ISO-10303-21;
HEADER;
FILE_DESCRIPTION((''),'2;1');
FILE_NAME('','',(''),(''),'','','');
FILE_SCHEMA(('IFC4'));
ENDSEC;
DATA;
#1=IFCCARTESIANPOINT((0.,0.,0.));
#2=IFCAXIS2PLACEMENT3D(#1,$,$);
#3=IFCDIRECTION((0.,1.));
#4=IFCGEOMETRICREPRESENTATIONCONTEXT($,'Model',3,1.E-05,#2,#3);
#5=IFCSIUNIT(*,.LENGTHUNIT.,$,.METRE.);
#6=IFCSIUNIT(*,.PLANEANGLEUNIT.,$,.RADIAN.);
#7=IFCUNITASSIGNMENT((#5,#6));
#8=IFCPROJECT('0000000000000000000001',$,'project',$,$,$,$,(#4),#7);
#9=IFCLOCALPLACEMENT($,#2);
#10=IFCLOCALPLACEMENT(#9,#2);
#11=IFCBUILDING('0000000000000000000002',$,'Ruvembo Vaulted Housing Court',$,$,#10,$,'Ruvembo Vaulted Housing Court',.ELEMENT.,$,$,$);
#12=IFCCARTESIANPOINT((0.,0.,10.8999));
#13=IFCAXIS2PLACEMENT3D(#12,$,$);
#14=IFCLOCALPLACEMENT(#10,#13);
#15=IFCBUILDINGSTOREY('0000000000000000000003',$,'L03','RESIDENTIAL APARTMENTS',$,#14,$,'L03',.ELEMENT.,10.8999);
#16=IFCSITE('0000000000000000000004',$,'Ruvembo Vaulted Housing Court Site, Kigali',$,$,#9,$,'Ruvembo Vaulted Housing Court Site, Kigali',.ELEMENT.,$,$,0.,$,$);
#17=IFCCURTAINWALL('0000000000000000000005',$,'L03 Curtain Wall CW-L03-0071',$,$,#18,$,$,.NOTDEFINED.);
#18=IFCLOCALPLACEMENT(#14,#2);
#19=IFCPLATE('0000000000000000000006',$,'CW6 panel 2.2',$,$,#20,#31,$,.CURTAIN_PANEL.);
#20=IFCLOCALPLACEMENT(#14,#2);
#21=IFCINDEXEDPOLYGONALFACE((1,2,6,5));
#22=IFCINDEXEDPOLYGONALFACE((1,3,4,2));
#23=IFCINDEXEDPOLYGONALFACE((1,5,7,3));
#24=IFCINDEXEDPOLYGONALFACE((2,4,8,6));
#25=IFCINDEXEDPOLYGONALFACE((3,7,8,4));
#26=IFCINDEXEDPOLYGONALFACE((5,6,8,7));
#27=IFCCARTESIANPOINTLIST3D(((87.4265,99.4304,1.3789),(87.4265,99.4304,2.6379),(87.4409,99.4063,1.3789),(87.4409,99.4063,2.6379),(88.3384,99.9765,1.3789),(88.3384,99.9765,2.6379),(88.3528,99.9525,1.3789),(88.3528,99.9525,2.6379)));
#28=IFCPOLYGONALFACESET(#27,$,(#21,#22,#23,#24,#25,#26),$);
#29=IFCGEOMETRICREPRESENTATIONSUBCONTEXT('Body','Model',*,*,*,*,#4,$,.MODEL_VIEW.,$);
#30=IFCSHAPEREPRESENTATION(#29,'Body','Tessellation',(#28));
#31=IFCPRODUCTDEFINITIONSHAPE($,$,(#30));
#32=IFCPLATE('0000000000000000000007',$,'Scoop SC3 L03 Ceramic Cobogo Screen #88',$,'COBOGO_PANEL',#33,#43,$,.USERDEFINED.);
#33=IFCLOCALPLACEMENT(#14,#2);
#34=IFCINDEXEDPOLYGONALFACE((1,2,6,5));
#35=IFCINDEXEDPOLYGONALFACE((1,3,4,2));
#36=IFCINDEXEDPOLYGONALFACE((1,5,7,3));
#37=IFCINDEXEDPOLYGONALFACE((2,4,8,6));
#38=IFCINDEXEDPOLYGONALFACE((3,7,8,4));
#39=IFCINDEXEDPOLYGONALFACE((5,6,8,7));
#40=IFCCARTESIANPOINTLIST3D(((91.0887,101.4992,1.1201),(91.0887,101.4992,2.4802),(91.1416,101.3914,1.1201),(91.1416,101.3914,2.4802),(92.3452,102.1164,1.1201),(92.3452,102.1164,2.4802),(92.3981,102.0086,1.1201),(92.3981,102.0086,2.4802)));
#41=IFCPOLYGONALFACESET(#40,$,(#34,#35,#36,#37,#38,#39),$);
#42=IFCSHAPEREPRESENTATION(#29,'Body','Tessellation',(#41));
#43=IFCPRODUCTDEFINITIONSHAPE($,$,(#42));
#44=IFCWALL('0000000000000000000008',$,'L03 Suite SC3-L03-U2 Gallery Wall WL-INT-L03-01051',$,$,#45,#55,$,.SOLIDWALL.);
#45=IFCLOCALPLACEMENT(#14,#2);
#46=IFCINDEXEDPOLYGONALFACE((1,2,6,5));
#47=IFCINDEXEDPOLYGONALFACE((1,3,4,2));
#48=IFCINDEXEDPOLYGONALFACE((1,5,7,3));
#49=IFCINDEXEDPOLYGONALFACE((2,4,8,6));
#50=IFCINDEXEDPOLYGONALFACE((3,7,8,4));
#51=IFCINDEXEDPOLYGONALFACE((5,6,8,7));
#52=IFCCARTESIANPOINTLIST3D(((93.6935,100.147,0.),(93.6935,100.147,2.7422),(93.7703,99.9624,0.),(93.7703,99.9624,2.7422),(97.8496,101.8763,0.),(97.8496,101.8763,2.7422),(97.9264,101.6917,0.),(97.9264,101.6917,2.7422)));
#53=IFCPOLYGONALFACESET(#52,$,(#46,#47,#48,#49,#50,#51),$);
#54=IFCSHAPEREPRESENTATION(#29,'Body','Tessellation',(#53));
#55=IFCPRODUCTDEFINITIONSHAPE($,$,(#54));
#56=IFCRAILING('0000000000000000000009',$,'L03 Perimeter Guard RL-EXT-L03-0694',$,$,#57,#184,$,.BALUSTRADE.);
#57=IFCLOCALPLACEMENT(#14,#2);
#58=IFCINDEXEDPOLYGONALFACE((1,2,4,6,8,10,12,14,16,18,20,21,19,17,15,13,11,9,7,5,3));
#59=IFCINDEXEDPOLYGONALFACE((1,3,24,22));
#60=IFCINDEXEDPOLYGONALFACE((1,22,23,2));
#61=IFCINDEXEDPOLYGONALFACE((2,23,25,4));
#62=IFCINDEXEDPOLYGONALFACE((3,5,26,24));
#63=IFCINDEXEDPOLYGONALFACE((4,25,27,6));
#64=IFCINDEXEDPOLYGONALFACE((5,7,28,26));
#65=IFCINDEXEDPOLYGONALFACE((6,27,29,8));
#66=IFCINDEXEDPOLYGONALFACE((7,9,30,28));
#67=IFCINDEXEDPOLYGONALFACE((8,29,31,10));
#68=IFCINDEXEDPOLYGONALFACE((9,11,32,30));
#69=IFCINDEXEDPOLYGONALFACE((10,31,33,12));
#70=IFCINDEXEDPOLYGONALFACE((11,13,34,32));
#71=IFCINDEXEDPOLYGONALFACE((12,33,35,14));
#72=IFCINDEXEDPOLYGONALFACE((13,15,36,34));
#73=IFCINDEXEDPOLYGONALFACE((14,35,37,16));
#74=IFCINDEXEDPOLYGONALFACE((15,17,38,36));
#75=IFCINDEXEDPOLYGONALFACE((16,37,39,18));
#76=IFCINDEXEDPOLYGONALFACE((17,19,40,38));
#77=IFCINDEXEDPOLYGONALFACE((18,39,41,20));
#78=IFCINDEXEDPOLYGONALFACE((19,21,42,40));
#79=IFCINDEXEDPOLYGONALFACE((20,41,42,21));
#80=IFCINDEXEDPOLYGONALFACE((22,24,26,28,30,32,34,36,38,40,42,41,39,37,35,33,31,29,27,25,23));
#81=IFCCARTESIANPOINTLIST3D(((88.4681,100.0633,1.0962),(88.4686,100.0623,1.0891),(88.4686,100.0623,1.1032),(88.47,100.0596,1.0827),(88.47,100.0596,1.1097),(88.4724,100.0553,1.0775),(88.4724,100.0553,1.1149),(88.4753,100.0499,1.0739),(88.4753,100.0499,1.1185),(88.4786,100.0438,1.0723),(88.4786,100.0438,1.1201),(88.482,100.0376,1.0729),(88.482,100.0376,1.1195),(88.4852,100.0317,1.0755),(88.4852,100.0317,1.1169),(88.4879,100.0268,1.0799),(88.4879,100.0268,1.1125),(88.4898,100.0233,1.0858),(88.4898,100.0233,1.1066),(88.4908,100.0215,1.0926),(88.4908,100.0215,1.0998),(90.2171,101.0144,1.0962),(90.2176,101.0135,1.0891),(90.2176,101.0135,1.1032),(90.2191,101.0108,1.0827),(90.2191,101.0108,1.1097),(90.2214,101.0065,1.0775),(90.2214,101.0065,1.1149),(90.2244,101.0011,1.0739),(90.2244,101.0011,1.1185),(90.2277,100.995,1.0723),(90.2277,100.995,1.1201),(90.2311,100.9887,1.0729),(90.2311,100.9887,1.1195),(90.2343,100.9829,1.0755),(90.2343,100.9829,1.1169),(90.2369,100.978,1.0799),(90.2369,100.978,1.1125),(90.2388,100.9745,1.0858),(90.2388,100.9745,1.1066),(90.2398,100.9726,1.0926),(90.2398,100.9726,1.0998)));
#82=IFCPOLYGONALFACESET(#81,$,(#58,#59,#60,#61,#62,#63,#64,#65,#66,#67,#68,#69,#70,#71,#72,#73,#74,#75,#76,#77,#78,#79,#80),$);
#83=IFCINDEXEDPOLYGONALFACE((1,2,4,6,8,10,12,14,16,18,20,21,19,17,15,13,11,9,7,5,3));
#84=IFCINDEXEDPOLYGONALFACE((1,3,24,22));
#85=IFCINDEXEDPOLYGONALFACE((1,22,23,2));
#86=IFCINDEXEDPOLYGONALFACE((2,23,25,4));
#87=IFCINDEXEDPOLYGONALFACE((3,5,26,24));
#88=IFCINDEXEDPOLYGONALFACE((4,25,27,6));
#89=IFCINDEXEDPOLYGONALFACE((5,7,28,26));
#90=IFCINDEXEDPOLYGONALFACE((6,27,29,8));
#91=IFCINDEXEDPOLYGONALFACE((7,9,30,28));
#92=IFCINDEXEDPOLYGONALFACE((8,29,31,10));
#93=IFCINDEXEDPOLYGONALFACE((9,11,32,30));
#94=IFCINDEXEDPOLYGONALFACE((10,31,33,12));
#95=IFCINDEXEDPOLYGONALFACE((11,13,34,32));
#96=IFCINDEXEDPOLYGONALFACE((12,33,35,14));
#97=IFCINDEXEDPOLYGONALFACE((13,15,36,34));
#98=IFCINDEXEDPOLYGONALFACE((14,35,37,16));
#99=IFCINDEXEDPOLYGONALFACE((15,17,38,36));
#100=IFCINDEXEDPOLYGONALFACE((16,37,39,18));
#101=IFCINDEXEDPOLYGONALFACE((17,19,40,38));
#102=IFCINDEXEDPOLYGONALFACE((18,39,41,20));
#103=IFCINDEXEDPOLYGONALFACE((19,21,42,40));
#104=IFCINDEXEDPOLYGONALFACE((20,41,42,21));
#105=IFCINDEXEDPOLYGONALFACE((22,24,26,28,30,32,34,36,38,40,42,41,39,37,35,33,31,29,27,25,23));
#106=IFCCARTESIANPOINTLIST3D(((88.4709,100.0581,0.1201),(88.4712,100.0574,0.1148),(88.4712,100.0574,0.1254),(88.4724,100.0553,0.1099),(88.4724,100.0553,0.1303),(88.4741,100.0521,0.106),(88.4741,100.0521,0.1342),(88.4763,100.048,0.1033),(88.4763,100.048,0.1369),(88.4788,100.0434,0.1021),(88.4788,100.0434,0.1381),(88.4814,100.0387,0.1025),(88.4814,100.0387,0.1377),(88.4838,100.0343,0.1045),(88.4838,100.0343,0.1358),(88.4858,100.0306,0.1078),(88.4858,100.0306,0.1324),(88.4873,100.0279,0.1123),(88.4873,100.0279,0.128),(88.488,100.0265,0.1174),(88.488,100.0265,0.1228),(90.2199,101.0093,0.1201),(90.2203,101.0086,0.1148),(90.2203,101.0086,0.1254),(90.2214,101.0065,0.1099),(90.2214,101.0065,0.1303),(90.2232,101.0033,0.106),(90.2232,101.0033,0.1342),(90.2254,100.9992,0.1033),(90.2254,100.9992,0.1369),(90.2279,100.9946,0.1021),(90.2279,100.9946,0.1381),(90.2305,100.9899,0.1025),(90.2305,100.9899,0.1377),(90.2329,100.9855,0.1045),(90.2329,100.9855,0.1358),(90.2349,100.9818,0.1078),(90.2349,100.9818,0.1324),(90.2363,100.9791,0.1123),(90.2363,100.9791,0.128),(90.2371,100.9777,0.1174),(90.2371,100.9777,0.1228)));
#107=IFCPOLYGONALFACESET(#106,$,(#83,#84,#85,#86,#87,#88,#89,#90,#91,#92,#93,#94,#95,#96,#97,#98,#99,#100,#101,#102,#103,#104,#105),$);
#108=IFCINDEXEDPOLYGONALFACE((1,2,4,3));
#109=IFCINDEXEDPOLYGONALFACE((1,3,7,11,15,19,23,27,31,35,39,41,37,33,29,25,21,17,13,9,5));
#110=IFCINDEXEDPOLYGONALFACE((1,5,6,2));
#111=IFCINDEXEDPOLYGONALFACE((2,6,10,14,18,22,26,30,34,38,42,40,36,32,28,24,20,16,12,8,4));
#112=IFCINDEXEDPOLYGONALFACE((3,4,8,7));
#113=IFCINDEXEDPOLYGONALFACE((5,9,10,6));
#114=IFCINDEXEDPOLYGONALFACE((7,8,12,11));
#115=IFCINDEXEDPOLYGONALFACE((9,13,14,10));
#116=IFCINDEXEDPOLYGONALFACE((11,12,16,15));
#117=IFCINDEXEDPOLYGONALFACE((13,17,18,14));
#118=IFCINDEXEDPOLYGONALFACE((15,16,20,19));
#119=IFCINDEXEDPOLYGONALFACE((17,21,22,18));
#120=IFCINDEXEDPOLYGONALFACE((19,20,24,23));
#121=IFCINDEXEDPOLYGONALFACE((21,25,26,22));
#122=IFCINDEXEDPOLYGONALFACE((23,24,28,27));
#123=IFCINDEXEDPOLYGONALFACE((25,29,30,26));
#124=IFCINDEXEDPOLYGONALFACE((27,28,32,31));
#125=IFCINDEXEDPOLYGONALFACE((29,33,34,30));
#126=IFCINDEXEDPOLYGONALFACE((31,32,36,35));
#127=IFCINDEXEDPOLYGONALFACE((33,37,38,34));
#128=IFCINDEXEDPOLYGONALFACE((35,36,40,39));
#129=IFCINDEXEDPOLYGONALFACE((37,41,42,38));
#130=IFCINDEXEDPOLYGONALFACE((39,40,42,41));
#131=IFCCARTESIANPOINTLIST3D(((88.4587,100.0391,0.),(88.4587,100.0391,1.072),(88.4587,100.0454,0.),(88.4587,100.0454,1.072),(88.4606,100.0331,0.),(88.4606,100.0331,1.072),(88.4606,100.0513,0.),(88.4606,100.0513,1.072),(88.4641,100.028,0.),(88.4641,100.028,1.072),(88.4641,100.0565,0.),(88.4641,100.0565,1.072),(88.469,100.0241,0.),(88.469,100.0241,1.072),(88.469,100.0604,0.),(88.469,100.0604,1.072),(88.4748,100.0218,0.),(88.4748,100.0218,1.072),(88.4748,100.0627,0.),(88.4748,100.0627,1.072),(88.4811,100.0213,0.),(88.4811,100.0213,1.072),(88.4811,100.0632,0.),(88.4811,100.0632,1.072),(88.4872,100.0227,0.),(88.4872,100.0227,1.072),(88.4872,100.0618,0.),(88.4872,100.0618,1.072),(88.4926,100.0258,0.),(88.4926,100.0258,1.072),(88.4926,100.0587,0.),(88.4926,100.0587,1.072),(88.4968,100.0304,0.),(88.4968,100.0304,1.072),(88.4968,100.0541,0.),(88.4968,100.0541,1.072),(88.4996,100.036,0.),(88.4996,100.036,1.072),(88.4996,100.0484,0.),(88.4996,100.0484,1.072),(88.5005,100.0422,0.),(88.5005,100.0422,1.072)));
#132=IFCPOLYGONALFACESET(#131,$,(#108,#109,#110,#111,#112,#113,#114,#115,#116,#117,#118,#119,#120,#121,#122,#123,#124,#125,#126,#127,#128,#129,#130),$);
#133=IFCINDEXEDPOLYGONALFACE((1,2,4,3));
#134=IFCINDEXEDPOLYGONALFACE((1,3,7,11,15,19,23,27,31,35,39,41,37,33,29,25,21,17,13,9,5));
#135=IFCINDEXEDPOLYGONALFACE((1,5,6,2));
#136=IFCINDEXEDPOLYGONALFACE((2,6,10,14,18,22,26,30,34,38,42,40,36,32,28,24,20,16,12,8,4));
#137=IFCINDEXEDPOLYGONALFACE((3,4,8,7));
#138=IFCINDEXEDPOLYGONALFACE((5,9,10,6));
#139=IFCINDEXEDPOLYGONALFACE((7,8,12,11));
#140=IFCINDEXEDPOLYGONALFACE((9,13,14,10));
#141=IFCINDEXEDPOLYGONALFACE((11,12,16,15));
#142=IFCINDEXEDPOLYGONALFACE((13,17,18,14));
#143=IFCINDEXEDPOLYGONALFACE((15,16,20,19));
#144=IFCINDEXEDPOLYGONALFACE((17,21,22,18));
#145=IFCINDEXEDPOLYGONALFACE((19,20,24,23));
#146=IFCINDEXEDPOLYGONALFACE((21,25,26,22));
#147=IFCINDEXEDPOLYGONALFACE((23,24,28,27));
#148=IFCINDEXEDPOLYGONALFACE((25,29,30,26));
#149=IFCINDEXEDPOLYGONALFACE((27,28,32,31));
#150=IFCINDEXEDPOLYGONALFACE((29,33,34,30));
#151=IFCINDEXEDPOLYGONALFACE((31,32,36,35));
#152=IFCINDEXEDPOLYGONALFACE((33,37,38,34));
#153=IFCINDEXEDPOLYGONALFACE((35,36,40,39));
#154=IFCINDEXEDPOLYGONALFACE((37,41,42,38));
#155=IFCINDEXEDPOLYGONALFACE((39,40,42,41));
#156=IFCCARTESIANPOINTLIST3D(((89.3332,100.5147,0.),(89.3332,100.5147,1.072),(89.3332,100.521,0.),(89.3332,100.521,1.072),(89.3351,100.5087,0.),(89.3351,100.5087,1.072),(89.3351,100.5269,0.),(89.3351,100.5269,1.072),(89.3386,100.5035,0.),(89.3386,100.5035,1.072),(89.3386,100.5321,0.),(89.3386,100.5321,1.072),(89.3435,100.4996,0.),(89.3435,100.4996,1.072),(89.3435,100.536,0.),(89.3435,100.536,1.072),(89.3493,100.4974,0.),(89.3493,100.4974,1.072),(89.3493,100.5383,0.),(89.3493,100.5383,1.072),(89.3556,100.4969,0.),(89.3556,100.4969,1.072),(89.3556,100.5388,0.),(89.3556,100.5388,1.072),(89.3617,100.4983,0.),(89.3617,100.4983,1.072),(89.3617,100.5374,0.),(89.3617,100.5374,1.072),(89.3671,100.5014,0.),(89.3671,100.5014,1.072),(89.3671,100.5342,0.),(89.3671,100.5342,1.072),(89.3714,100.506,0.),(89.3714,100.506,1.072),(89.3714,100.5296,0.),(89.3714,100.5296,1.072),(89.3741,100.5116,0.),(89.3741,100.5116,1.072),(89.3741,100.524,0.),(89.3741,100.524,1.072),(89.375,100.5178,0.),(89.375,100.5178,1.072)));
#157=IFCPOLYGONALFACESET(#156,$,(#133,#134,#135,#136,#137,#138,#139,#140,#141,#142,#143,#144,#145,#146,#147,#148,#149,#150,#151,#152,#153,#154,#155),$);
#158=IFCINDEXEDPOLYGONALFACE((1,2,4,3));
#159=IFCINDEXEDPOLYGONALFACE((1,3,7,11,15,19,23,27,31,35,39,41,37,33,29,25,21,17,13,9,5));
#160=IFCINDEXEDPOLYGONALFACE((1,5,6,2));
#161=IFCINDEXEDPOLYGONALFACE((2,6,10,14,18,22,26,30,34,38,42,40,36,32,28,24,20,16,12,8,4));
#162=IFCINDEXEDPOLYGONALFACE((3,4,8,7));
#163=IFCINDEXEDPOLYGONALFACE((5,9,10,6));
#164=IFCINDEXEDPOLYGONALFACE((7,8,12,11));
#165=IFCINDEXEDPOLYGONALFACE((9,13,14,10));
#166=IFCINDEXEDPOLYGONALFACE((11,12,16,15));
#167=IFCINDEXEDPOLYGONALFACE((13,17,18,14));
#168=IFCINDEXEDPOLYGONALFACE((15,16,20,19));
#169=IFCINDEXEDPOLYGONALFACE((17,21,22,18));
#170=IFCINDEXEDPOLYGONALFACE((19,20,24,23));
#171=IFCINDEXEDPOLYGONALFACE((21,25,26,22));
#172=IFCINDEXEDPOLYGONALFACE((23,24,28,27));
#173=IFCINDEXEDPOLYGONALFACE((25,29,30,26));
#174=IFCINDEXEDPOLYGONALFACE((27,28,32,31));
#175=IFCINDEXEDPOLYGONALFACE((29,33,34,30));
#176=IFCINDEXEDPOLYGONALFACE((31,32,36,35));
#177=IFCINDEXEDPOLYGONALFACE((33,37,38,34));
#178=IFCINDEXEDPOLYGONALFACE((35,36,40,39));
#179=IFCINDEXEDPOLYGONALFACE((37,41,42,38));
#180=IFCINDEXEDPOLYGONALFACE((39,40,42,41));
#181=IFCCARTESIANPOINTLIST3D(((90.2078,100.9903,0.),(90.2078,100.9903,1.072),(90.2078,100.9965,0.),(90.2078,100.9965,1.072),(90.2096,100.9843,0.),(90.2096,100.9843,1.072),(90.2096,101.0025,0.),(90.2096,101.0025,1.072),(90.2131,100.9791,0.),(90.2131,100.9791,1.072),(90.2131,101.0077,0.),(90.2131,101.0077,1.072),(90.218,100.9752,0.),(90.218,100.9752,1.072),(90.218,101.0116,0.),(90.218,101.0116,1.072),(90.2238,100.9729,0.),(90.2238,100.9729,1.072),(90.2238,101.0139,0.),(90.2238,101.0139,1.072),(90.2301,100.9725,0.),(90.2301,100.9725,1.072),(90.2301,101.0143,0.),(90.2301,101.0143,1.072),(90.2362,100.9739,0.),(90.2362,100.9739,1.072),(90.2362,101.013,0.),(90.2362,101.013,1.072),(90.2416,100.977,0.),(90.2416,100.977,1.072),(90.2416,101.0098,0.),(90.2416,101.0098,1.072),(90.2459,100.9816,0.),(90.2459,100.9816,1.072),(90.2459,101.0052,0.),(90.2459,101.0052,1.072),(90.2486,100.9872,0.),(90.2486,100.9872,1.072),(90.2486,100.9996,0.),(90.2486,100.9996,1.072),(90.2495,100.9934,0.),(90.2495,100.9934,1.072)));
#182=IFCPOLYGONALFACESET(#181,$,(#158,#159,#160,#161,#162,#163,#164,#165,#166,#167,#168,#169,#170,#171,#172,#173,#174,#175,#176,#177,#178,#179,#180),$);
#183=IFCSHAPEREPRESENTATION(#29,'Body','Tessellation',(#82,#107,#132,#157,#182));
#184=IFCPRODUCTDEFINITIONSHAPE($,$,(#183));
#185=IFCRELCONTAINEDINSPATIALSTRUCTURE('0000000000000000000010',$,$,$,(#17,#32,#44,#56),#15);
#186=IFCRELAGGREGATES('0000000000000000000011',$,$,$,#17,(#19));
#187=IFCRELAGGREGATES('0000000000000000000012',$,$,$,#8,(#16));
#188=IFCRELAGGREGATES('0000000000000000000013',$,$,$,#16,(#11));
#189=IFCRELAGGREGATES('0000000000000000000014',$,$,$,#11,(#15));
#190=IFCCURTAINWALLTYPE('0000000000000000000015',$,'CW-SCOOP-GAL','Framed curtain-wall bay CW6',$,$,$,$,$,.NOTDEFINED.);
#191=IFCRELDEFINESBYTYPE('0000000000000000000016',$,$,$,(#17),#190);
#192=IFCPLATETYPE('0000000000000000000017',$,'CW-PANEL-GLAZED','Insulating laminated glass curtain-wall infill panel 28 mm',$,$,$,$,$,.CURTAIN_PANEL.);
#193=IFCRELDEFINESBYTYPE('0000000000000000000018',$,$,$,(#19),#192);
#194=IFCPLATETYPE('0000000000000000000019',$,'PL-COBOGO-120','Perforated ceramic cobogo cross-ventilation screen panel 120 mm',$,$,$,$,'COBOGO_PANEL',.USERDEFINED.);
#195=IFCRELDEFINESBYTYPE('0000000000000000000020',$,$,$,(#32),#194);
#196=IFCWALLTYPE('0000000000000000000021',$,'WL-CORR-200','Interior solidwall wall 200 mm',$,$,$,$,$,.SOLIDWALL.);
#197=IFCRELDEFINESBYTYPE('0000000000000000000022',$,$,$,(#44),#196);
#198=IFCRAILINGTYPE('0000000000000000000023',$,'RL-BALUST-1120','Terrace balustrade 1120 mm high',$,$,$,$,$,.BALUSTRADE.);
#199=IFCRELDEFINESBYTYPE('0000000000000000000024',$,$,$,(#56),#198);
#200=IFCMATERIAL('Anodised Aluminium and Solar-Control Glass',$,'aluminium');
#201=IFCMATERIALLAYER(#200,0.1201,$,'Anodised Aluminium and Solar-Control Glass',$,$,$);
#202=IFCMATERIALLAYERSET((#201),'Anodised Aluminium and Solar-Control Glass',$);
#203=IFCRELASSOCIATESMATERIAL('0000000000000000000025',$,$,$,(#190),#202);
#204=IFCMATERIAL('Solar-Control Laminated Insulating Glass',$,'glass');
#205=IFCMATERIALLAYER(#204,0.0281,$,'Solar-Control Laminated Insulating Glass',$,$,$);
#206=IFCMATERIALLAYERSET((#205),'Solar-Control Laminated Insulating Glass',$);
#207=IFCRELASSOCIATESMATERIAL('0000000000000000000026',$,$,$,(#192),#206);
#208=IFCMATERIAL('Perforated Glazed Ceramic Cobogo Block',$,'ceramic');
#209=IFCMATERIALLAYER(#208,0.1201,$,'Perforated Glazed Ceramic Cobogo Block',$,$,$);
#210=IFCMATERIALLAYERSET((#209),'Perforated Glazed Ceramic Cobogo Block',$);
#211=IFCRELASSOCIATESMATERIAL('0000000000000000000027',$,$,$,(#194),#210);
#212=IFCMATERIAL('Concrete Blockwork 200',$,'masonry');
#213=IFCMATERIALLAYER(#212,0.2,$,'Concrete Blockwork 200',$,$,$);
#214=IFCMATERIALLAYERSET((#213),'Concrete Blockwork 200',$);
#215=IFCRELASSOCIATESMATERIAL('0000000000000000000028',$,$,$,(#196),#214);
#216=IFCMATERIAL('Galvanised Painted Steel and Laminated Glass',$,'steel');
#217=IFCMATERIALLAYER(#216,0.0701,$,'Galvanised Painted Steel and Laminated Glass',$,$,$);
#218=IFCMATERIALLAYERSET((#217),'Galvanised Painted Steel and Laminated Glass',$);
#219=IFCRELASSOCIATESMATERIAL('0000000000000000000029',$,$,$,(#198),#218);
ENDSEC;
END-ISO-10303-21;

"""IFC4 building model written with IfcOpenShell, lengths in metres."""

from ifc_helpers import new_model, si_unit, direction, frame, frame_2d, origin, origin_2d, place, context, subcontext, project, spatial, rectangle, circle, extrude, material, layer, layer_set, type_object, element, aggregate, save


model = new_model("IFC4")

# Units and contexts
model_context = context("Model", 3, precision=1e-05, world=origin(), true_north=direction((0.0, 1.0)))
body_context = subcontext(model_context, "Body", "Model", "MODEL_VIEW")
ifc_project = project(units=[si_unit("LENGTHUNIT", "METRE"), si_unit("PLANEANGLEUNIT", "RADIAN")], contexts=[model_context])

# Site, building, storey
site_placement = place(None, origin())
site = spatial("IfcSite", under=ifc_project, at=site_placement, Name="Ruvembo Vaulted Housing Court Site, Kigali", LongName="Ruvembo Vaulted Housing Court Site, Kigali", CompositionType="ELEMENT", RefElevation=0.0)
building_placement = place(site_placement, origin())
building = spatial("IfcBuilding", under=site, at=building_placement, Name="Ruvembo Vaulted Housing Court", LongName="Ruvembo Vaulted Housing Court", CompositionType="ELEMENT")
storey_placement = place(building_placement, frame((0.0, 0.0, 10.8999)))
storey = spatial("IfcBuildingStorey", under=building, at=storey_placement, Name="L03", Description="RESIDENTIAL APARTMENTS", LongName="L03", CompositionType="ELEMENT", Elevation=10.8999)

# Curtain wall
ifc_material_1 = material(Name="Anodised Aluminium and Solar-Control Glass", Category="aluminium")
ifc_layer_1 = layer(ifc_material_1, 0.1201, Name="Anodised Aluminium and Solar-Control Glass")
ifc_layer_set_1 = layer_set([ifc_layer_1], Name="Anodised Aluminium and Solar-Control Glass")
curtain_wall_type = type_object("IfcCurtainWallType", Name="CW-SCOOP-GAL", Description="Framed curtain-wall bay CW6", PredefinedType="NOTDEFINED", material=ifc_layer_set_1)
curtain_wall_1_placement = place(storey_placement, origin())
curtain_wall_1 = element("IfcCurtainWall", 1, at=curtain_wall_1_placement, inside=storey, type_object=curtain_wall_type, Name="L03 Curtain Wall CW-L03-0071", PredefinedType="NOTDEFINED")

# Plates
ifc_material_2 = material(Name="Solar-Control Laminated Insulating Glass", Category="glass")
ifc_layer_2 = layer(ifc_material_2, 0.0281, Name="Solar-Control Laminated Insulating Glass")
ifc_layer_set_2 = layer_set([ifc_layer_2], Name="Solar-Control Laminated Insulating Glass")
plate_type_1 = type_object("IfcPlateType", Name="CW-PANEL-GLAZED", Description="Insulating laminated glass curtain-wall infill panel 28 mm", PredefinedType="CURTAIN_PANEL", material=ifc_layer_set_2)
plate_1_placement = place(storey_placement, frame((87.8896, 99.6914, 1.3789), z_axis=(0.0, 0.0, 1.0), x_axis=(0.857893, 0.513828, 0.0)))
plate_1 = element("IfcPlate", 2, at=plate_1_placement, type_object=plate_type_1, Name="CW6 panel 2.2", PredefinedType="CURTAIN_PANEL", context=body_context, shape_type="SweptSolid", body=[
    extrude(rectangle(XDim=1.063, YDim=0.0281, at=origin_2d()), origin(), (0.0, 0.0, 1.0), 1.259),
])
aggregate(curtain_wall_1, [plate_1])
ifc_material_3 = material(Name="Perforated Glazed Ceramic Cobogo Block", Category="ceramic")
ifc_layer_3 = layer(ifc_material_3, 0.1201, Name="Perforated Glazed Ceramic Cobogo Block")
ifc_layer_set_3 = layer_set([ifc_layer_3], Name="Perforated Glazed Ceramic Cobogo Block")
plate_type_2 = type_object("IfcPlateType", Name="PL-COBOGO-120", Description="Perforated ceramic cobogo cross-ventilation screen panel 120 mm", ElementType="COBOGO_PANEL", PredefinedType="USERDEFINED", material=ifc_layer_set_3)
plate_2_placement = place(storey_placement, frame((91.7434, 101.7539, 1.1201), z_axis=(0.0, 0.0, 1.0), x_axis=(0.897559, 0.440895, 0.0)))
element("IfcPlate", 3, at=plate_2_placement, inside=storey, type_object=plate_type_2, Name="Scoop SC3 L03 Ceramic Cobogo Screen #88", ObjectType="COBOGO_PANEL", PredefinedType="USERDEFINED", context=body_context, shape_type="SweptSolid", body=[
    extrude(rectangle(XDim=1.3999, YDim=0.1201, at=origin_2d()), origin(), (0.0, 0.0, 1.0), 1.3601),
])

# Wall
ifc_material_4 = material(Name="Concrete Blockwork 200", Category="masonry")
ifc_layer_4 = layer(ifc_material_4, 0.2, Name="Concrete Blockwork 200")
ifc_layer_set_4 = layer_set([ifc_layer_4], Name="Concrete Blockwork 200")
wall_type = type_object("IfcWallType", Name="WL-CORR-200", Description="Interior solidwall wall 200 mm", PredefinedType="SOLIDWALL", material=ifc_layer_set_4)
wall_placement = place(storey_placement, frame((93.7319, 100.0547, 0.0), z_axis=(0.0, 0.0, 1.0), x_axis=(0.923268, 0.384157, 0.0)))
element("IfcWall", 4, at=wall_placement, inside=storey, type_object=wall_type, Name="L03 Suite SC3-L03-U2 Gallery Wall WL-INT-L03-01051", PredefinedType="SOLIDWALL", context=body_context, shape_type="SweptSolid", body=[
    extrude(rectangle(XDim=4.5015, YDim=0.2, at=frame_2d((2.2507, 0.0))), origin(), (0.0, 0.0, 1.0), 2.7422),
])

# Railing
ifc_material_5 = material(Name="Galvanised Painted Steel and Laminated Glass", Category="steel")
ifc_layer_5 = layer(ifc_material_5, 0.0701, Name="Galvanised Painted Steel and Laminated Glass")
ifc_layer_set_5 = layer_set([ifc_layer_5], Name="Galvanised Painted Steel and Laminated Glass")
railing_type = type_object("IfcRailingType", Name="RL-BALUST-1120", Description="Terrace balustrade 1120 mm high", PredefinedType="BALUSTRADE", material=ifc_layer_set_5)
railing_1_placement = place(storey_placement, frame((88.4795, 100.0422, 0.0)))
element("IfcRailing", 5, at=railing_1_placement, inside=storey, type_object=railing_type, Name="L03 Perimeter Guard RL-EXT-L03-0694", PredefinedType="BALUSTRADE", context=body_context, shape_type="SweptSolid", body=[
    extrude(circle(Radius=0.0239, at=origin_2d()), frame((0.0, 0.0, 1.0962), z_axis=(0.878495, 0.477752, 0.0), x_axis=(-0.477752, 0.878495, 0.0)), (0.0, 0.0, 1.0), 1.991),
    extrude(circle(Radius=0.0181, at=origin_2d()), frame((0.0, 0.0, 0.1201), z_axis=(0.878495, 0.477752, 0.0), x_axis=(-0.477752, 0.878495, 0.0)), (0.0, 0.0, 1.0), 1.991),
    extrude(circle(Radius=0.021, at=origin_2d()), origin(), (0.0, 0.0, 1.0), 1.072),
    extrude(circle(Radius=0.021, at=origin_2d()), frame((0.8745, 0.4756, 0.0)), (0.0, 0.0, 1.0), 1.072),
    extrude(circle(Radius=0.021, at=origin_2d()), frame((1.749, 0.9512, 0.0)), (0.0, 0.0, 1.0), 1.072),
])

save(model, "model.ifc")
